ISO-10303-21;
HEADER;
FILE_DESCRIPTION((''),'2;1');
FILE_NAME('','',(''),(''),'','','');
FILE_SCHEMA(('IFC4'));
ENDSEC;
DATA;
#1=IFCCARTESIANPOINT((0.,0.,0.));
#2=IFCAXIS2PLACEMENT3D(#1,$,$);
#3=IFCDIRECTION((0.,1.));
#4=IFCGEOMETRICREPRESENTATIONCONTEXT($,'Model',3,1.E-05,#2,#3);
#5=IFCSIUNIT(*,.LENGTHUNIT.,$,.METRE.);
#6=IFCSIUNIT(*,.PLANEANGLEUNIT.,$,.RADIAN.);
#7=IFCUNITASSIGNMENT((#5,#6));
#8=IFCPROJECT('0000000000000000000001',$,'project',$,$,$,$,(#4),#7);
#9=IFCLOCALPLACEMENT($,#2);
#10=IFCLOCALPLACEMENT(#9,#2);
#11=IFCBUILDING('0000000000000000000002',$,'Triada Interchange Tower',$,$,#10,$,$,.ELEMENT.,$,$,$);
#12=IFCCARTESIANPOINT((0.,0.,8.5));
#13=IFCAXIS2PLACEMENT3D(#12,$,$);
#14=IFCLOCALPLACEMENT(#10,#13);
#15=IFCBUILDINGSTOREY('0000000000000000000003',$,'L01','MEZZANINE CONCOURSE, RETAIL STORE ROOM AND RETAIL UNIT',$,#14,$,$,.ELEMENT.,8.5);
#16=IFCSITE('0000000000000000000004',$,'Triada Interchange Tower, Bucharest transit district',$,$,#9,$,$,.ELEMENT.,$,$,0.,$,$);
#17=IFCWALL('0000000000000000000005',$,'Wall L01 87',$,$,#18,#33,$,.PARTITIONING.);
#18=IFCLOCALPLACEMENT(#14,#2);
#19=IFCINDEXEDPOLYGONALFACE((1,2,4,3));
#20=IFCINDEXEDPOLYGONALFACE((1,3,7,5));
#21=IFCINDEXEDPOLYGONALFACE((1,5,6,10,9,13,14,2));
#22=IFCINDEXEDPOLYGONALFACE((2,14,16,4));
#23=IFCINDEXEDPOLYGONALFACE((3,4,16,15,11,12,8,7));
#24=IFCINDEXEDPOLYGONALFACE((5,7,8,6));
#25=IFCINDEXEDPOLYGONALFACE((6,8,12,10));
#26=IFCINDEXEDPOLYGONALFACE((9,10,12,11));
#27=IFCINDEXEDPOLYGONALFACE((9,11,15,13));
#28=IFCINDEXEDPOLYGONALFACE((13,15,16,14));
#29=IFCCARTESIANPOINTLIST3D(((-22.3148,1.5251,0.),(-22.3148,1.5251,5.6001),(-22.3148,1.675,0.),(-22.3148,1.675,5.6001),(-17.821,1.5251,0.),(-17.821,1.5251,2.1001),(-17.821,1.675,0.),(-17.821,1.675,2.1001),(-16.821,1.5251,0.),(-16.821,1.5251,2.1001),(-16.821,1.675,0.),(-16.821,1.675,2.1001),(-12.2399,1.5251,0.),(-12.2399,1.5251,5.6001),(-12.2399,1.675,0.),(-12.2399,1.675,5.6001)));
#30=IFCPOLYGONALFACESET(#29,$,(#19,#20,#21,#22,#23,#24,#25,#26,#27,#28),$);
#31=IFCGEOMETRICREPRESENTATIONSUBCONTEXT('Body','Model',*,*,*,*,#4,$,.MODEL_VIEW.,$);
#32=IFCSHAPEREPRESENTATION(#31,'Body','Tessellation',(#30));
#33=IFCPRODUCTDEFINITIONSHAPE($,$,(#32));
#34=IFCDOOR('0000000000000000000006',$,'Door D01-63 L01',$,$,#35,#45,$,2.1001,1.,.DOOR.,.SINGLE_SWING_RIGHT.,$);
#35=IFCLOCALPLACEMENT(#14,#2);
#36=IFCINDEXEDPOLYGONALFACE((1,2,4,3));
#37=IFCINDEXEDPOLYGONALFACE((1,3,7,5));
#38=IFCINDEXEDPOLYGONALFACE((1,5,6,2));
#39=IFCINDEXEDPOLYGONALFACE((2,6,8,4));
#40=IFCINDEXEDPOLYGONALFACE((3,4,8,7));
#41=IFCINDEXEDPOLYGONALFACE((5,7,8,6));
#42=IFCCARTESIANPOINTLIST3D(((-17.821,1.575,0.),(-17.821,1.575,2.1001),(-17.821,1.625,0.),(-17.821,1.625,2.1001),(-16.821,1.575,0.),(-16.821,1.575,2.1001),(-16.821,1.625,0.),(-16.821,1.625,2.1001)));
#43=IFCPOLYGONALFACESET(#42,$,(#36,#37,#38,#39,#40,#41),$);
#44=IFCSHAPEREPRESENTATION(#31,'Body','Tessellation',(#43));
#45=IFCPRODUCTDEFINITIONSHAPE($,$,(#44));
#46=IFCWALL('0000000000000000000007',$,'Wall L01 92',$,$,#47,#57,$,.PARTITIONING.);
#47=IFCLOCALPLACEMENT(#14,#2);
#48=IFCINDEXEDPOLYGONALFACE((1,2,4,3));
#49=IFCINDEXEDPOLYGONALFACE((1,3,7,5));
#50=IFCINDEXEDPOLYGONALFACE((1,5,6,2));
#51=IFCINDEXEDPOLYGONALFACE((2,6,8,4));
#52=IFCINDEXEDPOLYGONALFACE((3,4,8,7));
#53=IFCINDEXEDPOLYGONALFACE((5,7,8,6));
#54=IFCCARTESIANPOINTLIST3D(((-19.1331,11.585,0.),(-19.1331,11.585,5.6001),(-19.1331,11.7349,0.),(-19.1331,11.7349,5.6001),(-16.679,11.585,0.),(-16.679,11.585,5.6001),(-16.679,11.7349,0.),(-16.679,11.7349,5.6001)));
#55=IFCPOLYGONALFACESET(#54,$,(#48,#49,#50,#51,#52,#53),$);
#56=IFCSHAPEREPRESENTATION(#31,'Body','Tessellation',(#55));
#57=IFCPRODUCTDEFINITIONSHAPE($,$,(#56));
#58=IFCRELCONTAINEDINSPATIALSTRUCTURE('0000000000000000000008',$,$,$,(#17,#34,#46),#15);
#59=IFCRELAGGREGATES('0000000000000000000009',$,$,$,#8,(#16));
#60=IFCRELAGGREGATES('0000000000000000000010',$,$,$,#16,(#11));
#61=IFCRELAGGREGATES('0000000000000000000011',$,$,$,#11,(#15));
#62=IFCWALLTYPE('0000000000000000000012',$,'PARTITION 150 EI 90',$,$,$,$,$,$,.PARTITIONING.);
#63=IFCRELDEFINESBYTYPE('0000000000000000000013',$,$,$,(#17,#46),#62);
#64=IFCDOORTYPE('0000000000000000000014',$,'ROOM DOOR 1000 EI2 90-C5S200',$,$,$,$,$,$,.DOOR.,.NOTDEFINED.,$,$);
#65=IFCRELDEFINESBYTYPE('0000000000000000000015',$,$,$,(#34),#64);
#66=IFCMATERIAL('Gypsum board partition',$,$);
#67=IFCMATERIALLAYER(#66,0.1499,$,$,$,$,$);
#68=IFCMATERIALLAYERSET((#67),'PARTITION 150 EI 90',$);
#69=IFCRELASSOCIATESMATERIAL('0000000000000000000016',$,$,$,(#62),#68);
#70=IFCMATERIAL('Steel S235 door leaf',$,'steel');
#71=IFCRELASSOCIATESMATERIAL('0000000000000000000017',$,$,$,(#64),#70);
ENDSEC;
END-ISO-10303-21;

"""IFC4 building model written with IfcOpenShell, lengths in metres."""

from ifc_helpers import new_model, si_unit, direction, frame, frame_2d, origin, place, context, subcontext, project, spatial, rectangle, extrude, material, layer, layer_set, type_object, element, fill, save


model = new_model("IFC4")

# Units and contexts
model_context = context("Model", 3, precision=1e-05, world=origin(), true_north=direction((0.0, 1.0)))
body_context = subcontext(model_context, "Body", "Model", "MODEL_VIEW")
ifc_project = project(units=[si_unit("LENGTHUNIT", "METRE"), si_unit("PLANEANGLEUNIT", "RADIAN")], contexts=[model_context])

# Site, building, storey
site_placement = place(None, origin())
site = spatial("IfcSite", under=ifc_project, at=site_placement, Name="Triada Interchange Tower, Bucharest transit district", CompositionType="ELEMENT", RefElevation=0.0)
building_placement = place(site_placement, origin())
building = spatial("IfcBuilding", under=site, at=building_placement, Name="Triada Interchange Tower", CompositionType="ELEMENT")
storey_placement = place(building_placement, frame((0.0, 0.0, 8.5)))
storey = spatial("IfcBuildingStorey", under=building, at=storey_placement, Name="L01", Description="MEZZANINE CONCOURSE, RETAIL STORE ROOM AND RETAIL UNIT", CompositionType="ELEMENT", Elevation=8.5)

# Shared definitions
ifc_material_1 = material(Name="Gypsum board partition")
ifc_layer_1 = layer(ifc_material_1, 0.1499)
ifc_layer_set_1 = layer_set([ifc_layer_1], Name="PARTITION 150 EI 90")
wall_type = type_object("IfcWallType", Name="PARTITION 150 EI 90", PredefinedType="PARTITIONING", material=ifc_layer_set_1)

# Wall, opening, door
wall_1_placement = place(storey_placement, frame((-22.3149, 1.6001, 0.0), z_axis=(0.0, 0.0, 1.0), x_axis=(1.0, 0.0, 0.0)))
wall_1 = element("IfcWall", 1, at=wall_1_placement, inside=storey, type_object=wall_type, Name="Wall L01 87", PredefinedType="PARTITIONING", context=body_context, shape_type="SweptSolid", body=[
    extrude(rectangle(XDim=10.075, YDim=0.1499, at=frame_2d((5.0376, 0.0))), origin(), (0.0, 0.0, 1.0), 5.6001),
])
opening_placement = place(wall_1_placement, frame((4.4939, 0.0, 0.0)))
opening = element("IfcOpeningElement", 2, at=opening_placement, cuts=wall_1, PredefinedType="OPENING", context=body_context, shape_type="SweptSolid", body=[
    extrude(rectangle(XDim=1.0, YDim=2.1001, at=frame_2d((0.5, 1.05))), frame((0.0, 0.085, 0.0), z_axis=(0.0, -1.0, 0.0), x_axis=(1.0, 0.0, 0.0)), (0.0, 0.0, 1.0), 0.1699),
])
ifc_material_2 = material(Name="Steel S235 door leaf", Category="steel")
door_type = type_object("IfcDoorType", Name="ROOM DOOR 1000 EI2 90-C5S200", OperationType="NOTDEFINED", PredefinedType="DOOR", material=ifc_material_2)
door_placement = place(opening_placement, origin())
door = element("IfcDoor", 3, at=door_placement, inside=storey, type_object=door_type, Name="Door D01-63 L01", OperationType="SINGLE_SWING_RIGHT", OverallHeight=2.1001, OverallWidth=1.0, PredefinedType="DOOR", context=body_context, shape_type="SweptSolid", body=[
    extrude(rectangle(XDim=1.0, YDim=2.1001, at=frame_2d((0.5, 1.05))), frame((0.0, 0.0249, 0.0), z_axis=(0.0, -1.0, 0.0), x_axis=(1.0, 0.0, 0.0)), (0.0, 0.0, 1.0), 0.05),
])
fill(opening, door)

# Wall
wall_2_placement = place(storey_placement, frame((-19.1331, 11.6599, 0.0), z_axis=(0.0, 0.0, 1.0), x_axis=(1.0, 0.0, 0.0)))
element("IfcWall", 4, at=wall_2_placement, inside=storey, type_object=wall_type, Name="Wall L01 92", PredefinedType="PARTITIONING", context=body_context, shape_type="SweptSolid", body=[
    extrude(rectangle(XDim=2.4541, YDim=0.1499, at=frame_2d((1.2271, 0.0))), origin(), (0.0, 0.0, 1.0), 5.6001),
])

save(model, "model.ifc")
